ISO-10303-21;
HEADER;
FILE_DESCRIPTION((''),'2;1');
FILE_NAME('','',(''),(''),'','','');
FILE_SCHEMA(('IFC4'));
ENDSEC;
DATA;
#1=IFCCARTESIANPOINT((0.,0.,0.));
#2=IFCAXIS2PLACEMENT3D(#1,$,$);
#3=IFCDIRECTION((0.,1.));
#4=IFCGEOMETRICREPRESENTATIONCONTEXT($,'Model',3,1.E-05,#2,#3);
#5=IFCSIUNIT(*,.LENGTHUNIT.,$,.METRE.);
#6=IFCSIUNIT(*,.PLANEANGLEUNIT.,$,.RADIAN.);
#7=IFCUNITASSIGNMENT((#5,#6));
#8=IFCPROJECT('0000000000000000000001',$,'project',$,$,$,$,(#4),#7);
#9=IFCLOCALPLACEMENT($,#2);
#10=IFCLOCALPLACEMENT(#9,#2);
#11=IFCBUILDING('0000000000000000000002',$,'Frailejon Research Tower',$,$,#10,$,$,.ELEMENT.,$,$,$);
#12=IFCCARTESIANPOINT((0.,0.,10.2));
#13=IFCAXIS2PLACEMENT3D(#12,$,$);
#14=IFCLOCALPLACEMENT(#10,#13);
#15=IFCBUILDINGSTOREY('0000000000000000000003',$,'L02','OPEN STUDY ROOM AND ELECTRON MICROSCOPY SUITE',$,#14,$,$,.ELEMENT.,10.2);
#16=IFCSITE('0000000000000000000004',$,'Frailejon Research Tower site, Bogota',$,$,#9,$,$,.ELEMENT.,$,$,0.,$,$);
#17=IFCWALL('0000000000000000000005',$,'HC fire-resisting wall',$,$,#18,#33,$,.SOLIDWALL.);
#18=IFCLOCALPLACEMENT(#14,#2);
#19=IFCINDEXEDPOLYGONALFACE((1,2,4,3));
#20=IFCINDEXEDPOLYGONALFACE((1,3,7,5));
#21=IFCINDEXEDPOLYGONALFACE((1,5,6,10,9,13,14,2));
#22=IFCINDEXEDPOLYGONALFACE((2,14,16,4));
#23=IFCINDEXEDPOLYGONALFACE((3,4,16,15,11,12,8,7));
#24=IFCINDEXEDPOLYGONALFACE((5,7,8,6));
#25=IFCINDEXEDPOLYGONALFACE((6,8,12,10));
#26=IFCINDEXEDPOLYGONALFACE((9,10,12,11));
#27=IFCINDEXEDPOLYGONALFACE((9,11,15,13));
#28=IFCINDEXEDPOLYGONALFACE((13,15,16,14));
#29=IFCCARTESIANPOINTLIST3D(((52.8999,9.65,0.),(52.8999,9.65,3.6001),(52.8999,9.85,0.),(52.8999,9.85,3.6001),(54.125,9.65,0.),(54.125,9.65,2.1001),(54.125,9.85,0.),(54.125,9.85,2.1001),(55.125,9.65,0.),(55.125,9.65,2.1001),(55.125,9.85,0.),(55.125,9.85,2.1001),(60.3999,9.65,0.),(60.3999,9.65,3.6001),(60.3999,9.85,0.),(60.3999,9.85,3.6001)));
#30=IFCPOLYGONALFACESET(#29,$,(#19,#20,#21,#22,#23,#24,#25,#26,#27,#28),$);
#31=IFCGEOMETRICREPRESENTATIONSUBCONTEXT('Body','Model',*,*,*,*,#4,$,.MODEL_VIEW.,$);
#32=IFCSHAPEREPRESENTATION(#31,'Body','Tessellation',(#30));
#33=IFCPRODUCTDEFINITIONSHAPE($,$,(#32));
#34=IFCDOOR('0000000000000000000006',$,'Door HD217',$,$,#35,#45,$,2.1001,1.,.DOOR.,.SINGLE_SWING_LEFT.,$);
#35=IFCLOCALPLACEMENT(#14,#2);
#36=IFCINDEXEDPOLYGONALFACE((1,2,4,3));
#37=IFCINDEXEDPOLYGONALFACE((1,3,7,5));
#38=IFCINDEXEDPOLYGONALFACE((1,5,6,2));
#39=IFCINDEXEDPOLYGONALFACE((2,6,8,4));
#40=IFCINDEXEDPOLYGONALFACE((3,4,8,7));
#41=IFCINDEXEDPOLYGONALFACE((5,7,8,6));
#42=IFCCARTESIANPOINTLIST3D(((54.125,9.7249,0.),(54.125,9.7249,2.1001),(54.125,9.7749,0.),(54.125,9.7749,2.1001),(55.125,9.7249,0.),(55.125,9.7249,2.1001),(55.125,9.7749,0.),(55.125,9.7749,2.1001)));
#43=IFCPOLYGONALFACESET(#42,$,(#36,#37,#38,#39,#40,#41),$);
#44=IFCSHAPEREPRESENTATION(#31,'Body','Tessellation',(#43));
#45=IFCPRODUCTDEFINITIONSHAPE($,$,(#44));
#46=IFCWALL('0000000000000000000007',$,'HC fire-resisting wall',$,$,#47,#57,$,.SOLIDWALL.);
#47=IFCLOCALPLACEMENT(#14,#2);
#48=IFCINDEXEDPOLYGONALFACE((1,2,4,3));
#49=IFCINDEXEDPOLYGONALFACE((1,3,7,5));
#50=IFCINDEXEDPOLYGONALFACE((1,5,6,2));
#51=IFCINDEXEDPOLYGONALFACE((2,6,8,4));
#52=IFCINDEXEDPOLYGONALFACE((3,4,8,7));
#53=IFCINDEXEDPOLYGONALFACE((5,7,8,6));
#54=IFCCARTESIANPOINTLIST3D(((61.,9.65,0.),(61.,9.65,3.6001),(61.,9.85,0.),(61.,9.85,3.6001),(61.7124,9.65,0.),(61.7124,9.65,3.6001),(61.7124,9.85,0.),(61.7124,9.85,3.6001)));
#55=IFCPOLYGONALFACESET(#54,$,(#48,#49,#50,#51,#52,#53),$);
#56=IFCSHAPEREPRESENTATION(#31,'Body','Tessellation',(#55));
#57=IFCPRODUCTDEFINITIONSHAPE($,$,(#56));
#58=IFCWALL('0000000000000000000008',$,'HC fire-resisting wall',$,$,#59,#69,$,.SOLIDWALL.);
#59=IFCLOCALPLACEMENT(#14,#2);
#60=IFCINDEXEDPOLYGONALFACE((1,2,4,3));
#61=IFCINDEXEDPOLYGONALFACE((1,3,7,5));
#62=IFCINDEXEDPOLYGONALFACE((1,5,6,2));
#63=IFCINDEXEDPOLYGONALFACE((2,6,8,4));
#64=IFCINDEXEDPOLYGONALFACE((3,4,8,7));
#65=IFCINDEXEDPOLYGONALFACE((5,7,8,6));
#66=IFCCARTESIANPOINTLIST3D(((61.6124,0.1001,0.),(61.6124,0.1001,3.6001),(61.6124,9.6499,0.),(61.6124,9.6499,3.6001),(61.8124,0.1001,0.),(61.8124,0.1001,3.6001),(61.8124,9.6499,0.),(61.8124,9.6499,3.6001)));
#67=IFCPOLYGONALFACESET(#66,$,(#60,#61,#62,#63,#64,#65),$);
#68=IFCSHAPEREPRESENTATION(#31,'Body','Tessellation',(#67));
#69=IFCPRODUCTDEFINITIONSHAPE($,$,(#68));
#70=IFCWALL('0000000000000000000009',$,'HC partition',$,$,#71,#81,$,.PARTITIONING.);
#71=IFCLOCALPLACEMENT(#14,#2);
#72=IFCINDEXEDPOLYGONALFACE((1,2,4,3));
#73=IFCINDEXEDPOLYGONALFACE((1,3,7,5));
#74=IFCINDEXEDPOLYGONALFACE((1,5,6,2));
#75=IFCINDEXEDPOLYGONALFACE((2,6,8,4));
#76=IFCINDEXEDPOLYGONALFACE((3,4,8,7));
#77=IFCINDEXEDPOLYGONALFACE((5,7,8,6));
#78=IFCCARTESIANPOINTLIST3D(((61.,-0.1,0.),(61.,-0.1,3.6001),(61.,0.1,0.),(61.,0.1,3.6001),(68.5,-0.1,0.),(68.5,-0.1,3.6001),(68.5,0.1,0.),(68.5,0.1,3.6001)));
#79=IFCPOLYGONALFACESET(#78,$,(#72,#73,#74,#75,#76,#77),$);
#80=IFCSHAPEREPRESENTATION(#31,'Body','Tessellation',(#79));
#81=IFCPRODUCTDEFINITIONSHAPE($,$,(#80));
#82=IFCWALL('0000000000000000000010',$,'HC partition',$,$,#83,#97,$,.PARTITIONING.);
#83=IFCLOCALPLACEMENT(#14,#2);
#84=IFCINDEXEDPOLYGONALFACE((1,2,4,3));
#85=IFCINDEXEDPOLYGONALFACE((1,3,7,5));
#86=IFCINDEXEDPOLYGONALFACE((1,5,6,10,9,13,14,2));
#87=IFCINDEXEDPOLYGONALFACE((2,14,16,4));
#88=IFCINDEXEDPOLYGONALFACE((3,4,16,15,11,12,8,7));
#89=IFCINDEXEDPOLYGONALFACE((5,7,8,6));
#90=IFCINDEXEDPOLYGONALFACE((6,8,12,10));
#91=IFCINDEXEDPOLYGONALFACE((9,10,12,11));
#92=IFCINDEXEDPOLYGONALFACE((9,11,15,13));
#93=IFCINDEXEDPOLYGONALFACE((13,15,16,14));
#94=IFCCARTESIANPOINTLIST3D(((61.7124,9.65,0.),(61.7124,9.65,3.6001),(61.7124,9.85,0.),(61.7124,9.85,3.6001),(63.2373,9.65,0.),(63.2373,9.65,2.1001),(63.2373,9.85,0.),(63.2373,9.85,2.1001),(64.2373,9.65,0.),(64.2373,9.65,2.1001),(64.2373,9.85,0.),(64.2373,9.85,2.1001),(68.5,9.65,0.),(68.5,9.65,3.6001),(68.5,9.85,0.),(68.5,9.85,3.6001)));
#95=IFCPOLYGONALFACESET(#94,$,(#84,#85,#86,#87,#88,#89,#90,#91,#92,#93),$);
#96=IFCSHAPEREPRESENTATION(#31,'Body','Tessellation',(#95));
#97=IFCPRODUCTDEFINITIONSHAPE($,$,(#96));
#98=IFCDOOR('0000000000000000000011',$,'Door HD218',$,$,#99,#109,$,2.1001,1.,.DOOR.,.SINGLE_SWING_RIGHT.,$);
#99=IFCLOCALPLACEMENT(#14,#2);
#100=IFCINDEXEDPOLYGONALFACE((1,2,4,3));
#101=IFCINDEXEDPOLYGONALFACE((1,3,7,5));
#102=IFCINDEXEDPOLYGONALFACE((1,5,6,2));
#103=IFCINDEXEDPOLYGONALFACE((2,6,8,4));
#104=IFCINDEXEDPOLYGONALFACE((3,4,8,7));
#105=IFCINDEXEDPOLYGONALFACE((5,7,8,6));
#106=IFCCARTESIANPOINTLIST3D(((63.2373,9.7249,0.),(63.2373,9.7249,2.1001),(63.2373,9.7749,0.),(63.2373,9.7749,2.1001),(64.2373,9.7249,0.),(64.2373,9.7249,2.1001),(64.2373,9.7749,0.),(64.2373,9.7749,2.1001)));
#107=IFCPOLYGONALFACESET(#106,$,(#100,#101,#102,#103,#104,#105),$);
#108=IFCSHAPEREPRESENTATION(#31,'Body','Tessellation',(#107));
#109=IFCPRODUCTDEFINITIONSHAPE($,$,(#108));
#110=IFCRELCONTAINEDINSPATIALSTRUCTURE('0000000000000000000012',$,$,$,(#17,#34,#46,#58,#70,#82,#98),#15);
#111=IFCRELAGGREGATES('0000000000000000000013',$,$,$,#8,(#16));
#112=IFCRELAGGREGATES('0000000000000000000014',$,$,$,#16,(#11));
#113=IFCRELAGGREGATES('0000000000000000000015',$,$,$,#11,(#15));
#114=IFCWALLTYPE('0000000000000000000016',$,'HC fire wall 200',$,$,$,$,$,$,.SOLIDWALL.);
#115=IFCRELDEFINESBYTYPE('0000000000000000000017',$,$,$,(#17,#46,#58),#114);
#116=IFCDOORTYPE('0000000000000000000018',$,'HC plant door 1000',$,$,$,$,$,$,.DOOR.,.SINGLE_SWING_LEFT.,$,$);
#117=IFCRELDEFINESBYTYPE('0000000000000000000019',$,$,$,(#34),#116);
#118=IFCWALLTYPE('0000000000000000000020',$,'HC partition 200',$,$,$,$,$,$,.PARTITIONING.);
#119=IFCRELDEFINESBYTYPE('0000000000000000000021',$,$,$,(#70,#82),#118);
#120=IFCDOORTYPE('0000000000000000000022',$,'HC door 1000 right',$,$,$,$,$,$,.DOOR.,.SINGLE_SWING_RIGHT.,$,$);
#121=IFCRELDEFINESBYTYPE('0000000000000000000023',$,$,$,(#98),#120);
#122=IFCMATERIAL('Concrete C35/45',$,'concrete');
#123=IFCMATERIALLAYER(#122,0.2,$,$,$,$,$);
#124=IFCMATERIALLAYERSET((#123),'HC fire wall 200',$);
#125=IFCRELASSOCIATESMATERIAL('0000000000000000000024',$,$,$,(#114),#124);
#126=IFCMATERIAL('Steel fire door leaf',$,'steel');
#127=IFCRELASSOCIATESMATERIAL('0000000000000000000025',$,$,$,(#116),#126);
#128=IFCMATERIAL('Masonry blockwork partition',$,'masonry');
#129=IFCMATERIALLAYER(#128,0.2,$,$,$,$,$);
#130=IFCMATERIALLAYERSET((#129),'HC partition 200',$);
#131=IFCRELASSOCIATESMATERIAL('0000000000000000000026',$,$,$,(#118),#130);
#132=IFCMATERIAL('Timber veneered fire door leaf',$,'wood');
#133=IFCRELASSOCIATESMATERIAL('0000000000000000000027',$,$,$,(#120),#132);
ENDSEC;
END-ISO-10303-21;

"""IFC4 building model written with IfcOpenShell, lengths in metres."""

from ifc_helpers import new_model, si_unit, direction, frame, frame_2d, origin, place, context, subcontext, project, spatial, rectangle, extrude, material, layer, layer_set, type_object, element, fill, save


model = new_model("IFC4")

# Units and contexts
model_context = context("Model", 3, precision=1e-05, world=origin(), true_north=direction((0.0, 1.0)))
body_context = subcontext(model_context, "Body", "Model", "MODEL_VIEW")
ifc_project = project(units=[si_unit("LENGTHUNIT", "METRE"), si_unit("PLANEANGLEUNIT", "RADIAN")], contexts=[model_context])

# Site, building, storey
site_placement = place(None, origin())
site = spatial("IfcSite", under=ifc_project, at=site_placement, Name="Frailejon Research Tower site, Bogota", CompositionType="ELEMENT", RefElevation=0.0)
building_placement = place(site_placement, origin())
building = spatial("IfcBuilding", under=site, at=building_placement, Name="Frailejon Research Tower", CompositionType="ELEMENT")
storey_placement = place(building_placement, frame((0.0, 0.0, 10.2)))
storey = spatial("IfcBuildingStorey", under=building, at=storey_placement, Name="L02", Description="OPEN STUDY ROOM AND ELECTRON MICROSCOPY SUITE", CompositionType="ELEMENT", Elevation=10.2)

# Shared definitions
ifc_material_1 = material(Name="Concrete C35/45", Category="concrete")
ifc_layer_1 = layer(ifc_material_1, 0.2)
ifc_layer_set_1 = layer_set([ifc_layer_1], Name="HC fire wall 200")
wall_type_1 = type_object("IfcWallType", Name="HC fire wall 200", PredefinedType="SOLIDWALL", material=ifc_layer_set_1)

# Wall, opening, door
wall_1_placement = place(storey_placement, frame((52.8999, 9.75, 0.0), z_axis=(0.0, 0.0, 1.0), x_axis=(1.0, 0.0, 0.0)))
wall_1 = element("IfcWall", 1, at=wall_1_placement, inside=storey, type_object=wall_type_1, Name="HC fire-resisting wall", PredefinedType="SOLIDWALL", context=body_context, shape_type="SweptSolid", body=[
    extrude(rectangle(XDim=7.5, YDim=0.2, at=frame_2d((3.75, 0.0))), origin(), (0.0, 0.0, 1.0), 3.6001),
])
opening_1_placement = place(wall_1_placement, frame((1.2251, 0.0, 0.0)))
opening_1 = element("IfcOpeningElement", 2, at=opening_1_placement, cuts=wall_1, PredefinedType="OPENING", context=body_context, shape_type="SweptSolid", body=[
    extrude(rectangle(XDim=1.0, YDim=2.1001, at=frame_2d((0.5, 1.05))), frame((0.0, 0.1099, 0.0), z_axis=(0.0, -1.0, 0.0), x_axis=(1.0, 0.0, 0.0)), (0.0, 0.0, 1.0), 0.22),
])
ifc_material_2 = material(Name="Steel fire door leaf", Category="steel")
door_type_1 = type_object("IfcDoorType", Name="HC plant door 1000", OperationType="SINGLE_SWING_LEFT", PredefinedType="DOOR", material=ifc_material_2)
door_1_placement = place(opening_1_placement, origin())
door_1 = element("IfcDoor", 3, at=door_1_placement, inside=storey, type_object=door_type_1, Name="Door HD217", OperationType="SINGLE_SWING_LEFT", OverallHeight=2.1001, OverallWidth=1.0, PredefinedType="DOOR", context=body_context, shape_type="SweptSolid", body=[
    extrude(rectangle(XDim=1.0, YDim=2.1001, at=frame_2d((0.5, 1.05))), frame((0.0, 0.0249, 0.0), z_axis=(0.0, -1.0, 0.0), x_axis=(1.0, 0.0, 0.0)), (0.0, 0.0, 1.0), 0.05),
])
fill(opening_1, door_1)

# Walls
wall_2_placement = place(storey_placement, frame((61.0, 9.75, 0.0), z_axis=(0.0, 0.0, 1.0), x_axis=(1.0, 0.0, 0.0)))
element("IfcWall", 4, at=wall_2_placement, inside=storey, type_object=wall_type_1, Name="HC fire-resisting wall", PredefinedType="SOLIDWALL", context=body_context, shape_type="SweptSolid", body=[
    extrude(rectangle(XDim=0.7124, YDim=0.2, at=frame_2d((0.3562, 0.0))), origin(), (0.0, 0.0, 1.0), 3.6001),
])
wall_3_placement = place(storey_placement, frame((61.7124, 0.1001, 0.0), z_axis=(0.0, 0.0, 1.0), x_axis=(0.0, 1.0, 0.0)))
element("IfcWall", 5, at=wall_3_placement, inside=storey, type_object=wall_type_1, Name="HC fire-resisting wall", PredefinedType="SOLIDWALL", context=body_context, shape_type="SweptSolid", body=[
    extrude(rectangle(XDim=9.5498, YDim=0.2, at=frame_2d((4.7749, 0.0))), origin(), (0.0, 0.0, 1.0), 3.6001),
])
ifc_material_3 = material(Name="Masonry blockwork partition", Category="masonry")
ifc_layer_2 = layer(ifc_material_3, 0.2)
ifc_layer_set_2 = layer_set([ifc_layer_2], Name="HC partition 200")
wall_type_2 = type_object("IfcWallType", Name="HC partition 200", PredefinedType="PARTITIONING", material=ifc_layer_set_2)
wall_4_placement = place(storey_placement, frame((61.0, 0.0, 0.0), z_axis=(0.0, 0.0, 1.0), x_axis=(1.0, 0.0, 0.0)))
element("IfcWall", 6, at=wall_4_placement, inside=storey, type_object=wall_type_2, Name="HC partition", PredefinedType="PARTITIONING", context=body_context, shape_type="SweptSolid", body=[
    extrude(rectangle(XDim=7.5, YDim=0.2, at=frame_2d((3.75, 0.0))), origin(), (0.0, 0.0, 1.0), 3.6001),
])

# Wall, opening, door
wall_5_placement = place(storey_placement, frame((61.7124, 9.75, 0.0), z_axis=(0.0, 0.0, 1.0), x_axis=(1.0, 0.0, 0.0)))
wall_5 = element("IfcWall", 7, at=wall_5_placement, inside=storey, type_object=wall_type_2, Name="HC partition", PredefinedType="PARTITIONING", context=body_context, shape_type="SweptSolid", body=[
    extrude(rectangle(XDim=6.7876, YDim=0.2, at=frame_2d((3.3938, 0.0))), origin(), (0.0, 0.0, 1.0), 3.6001),
])
opening_2_placement = place(wall_5_placement, frame((1.5249, 0.0, 0.0)))
opening_2 = element("IfcOpeningElement", 8, at=opening_2_placement, cuts=wall_5, PredefinedType="OPENING", context=body_context, shape_type="SweptSolid", body=[
    extrude(rectangle(XDim=1.0, YDim=2.1001, at=frame_2d((0.5, 1.05))), frame((0.0, 0.1099, 0.0), z_axis=(0.0, -1.0, 0.0), x_axis=(1.0, 0.0, 0.0)), (0.0, 0.0, 1.0), 0.22),
])
ifc_material_4 = material(Name="Timber veneered fire door leaf", Category="wood")
door_type_2 = type_object("IfcDoorType", Name="HC door 1000 right", OperationType="SINGLE_SWING_RIGHT", PredefinedType="DOOR", material=ifc_material_4)
door_2_placement = place(opening_2_placement, origin())
door_2 = element("IfcDoor", 9, at=door_2_placement, inside=storey, type_object=door_type_2, Name="Door HD218", OperationType="SINGLE_SWING_RIGHT", OverallHeight=2.1001, OverallWidth=1.0, PredefinedType="DOOR", context=body_context, shape_type="SweptSolid", body=[
    extrude(rectangle(XDim=1.0, YDim=2.1001, at=frame_2d((0.5, 1.05))), frame((0.0, 0.0249, 0.0), z_axis=(0.0, -1.0, 0.0), x_axis=(1.0, 0.0, 0.0)), (0.0, 0.0, 1.0), 0.05),
])
fill(opening_2, door_2)

save(model, "model.ifc")
